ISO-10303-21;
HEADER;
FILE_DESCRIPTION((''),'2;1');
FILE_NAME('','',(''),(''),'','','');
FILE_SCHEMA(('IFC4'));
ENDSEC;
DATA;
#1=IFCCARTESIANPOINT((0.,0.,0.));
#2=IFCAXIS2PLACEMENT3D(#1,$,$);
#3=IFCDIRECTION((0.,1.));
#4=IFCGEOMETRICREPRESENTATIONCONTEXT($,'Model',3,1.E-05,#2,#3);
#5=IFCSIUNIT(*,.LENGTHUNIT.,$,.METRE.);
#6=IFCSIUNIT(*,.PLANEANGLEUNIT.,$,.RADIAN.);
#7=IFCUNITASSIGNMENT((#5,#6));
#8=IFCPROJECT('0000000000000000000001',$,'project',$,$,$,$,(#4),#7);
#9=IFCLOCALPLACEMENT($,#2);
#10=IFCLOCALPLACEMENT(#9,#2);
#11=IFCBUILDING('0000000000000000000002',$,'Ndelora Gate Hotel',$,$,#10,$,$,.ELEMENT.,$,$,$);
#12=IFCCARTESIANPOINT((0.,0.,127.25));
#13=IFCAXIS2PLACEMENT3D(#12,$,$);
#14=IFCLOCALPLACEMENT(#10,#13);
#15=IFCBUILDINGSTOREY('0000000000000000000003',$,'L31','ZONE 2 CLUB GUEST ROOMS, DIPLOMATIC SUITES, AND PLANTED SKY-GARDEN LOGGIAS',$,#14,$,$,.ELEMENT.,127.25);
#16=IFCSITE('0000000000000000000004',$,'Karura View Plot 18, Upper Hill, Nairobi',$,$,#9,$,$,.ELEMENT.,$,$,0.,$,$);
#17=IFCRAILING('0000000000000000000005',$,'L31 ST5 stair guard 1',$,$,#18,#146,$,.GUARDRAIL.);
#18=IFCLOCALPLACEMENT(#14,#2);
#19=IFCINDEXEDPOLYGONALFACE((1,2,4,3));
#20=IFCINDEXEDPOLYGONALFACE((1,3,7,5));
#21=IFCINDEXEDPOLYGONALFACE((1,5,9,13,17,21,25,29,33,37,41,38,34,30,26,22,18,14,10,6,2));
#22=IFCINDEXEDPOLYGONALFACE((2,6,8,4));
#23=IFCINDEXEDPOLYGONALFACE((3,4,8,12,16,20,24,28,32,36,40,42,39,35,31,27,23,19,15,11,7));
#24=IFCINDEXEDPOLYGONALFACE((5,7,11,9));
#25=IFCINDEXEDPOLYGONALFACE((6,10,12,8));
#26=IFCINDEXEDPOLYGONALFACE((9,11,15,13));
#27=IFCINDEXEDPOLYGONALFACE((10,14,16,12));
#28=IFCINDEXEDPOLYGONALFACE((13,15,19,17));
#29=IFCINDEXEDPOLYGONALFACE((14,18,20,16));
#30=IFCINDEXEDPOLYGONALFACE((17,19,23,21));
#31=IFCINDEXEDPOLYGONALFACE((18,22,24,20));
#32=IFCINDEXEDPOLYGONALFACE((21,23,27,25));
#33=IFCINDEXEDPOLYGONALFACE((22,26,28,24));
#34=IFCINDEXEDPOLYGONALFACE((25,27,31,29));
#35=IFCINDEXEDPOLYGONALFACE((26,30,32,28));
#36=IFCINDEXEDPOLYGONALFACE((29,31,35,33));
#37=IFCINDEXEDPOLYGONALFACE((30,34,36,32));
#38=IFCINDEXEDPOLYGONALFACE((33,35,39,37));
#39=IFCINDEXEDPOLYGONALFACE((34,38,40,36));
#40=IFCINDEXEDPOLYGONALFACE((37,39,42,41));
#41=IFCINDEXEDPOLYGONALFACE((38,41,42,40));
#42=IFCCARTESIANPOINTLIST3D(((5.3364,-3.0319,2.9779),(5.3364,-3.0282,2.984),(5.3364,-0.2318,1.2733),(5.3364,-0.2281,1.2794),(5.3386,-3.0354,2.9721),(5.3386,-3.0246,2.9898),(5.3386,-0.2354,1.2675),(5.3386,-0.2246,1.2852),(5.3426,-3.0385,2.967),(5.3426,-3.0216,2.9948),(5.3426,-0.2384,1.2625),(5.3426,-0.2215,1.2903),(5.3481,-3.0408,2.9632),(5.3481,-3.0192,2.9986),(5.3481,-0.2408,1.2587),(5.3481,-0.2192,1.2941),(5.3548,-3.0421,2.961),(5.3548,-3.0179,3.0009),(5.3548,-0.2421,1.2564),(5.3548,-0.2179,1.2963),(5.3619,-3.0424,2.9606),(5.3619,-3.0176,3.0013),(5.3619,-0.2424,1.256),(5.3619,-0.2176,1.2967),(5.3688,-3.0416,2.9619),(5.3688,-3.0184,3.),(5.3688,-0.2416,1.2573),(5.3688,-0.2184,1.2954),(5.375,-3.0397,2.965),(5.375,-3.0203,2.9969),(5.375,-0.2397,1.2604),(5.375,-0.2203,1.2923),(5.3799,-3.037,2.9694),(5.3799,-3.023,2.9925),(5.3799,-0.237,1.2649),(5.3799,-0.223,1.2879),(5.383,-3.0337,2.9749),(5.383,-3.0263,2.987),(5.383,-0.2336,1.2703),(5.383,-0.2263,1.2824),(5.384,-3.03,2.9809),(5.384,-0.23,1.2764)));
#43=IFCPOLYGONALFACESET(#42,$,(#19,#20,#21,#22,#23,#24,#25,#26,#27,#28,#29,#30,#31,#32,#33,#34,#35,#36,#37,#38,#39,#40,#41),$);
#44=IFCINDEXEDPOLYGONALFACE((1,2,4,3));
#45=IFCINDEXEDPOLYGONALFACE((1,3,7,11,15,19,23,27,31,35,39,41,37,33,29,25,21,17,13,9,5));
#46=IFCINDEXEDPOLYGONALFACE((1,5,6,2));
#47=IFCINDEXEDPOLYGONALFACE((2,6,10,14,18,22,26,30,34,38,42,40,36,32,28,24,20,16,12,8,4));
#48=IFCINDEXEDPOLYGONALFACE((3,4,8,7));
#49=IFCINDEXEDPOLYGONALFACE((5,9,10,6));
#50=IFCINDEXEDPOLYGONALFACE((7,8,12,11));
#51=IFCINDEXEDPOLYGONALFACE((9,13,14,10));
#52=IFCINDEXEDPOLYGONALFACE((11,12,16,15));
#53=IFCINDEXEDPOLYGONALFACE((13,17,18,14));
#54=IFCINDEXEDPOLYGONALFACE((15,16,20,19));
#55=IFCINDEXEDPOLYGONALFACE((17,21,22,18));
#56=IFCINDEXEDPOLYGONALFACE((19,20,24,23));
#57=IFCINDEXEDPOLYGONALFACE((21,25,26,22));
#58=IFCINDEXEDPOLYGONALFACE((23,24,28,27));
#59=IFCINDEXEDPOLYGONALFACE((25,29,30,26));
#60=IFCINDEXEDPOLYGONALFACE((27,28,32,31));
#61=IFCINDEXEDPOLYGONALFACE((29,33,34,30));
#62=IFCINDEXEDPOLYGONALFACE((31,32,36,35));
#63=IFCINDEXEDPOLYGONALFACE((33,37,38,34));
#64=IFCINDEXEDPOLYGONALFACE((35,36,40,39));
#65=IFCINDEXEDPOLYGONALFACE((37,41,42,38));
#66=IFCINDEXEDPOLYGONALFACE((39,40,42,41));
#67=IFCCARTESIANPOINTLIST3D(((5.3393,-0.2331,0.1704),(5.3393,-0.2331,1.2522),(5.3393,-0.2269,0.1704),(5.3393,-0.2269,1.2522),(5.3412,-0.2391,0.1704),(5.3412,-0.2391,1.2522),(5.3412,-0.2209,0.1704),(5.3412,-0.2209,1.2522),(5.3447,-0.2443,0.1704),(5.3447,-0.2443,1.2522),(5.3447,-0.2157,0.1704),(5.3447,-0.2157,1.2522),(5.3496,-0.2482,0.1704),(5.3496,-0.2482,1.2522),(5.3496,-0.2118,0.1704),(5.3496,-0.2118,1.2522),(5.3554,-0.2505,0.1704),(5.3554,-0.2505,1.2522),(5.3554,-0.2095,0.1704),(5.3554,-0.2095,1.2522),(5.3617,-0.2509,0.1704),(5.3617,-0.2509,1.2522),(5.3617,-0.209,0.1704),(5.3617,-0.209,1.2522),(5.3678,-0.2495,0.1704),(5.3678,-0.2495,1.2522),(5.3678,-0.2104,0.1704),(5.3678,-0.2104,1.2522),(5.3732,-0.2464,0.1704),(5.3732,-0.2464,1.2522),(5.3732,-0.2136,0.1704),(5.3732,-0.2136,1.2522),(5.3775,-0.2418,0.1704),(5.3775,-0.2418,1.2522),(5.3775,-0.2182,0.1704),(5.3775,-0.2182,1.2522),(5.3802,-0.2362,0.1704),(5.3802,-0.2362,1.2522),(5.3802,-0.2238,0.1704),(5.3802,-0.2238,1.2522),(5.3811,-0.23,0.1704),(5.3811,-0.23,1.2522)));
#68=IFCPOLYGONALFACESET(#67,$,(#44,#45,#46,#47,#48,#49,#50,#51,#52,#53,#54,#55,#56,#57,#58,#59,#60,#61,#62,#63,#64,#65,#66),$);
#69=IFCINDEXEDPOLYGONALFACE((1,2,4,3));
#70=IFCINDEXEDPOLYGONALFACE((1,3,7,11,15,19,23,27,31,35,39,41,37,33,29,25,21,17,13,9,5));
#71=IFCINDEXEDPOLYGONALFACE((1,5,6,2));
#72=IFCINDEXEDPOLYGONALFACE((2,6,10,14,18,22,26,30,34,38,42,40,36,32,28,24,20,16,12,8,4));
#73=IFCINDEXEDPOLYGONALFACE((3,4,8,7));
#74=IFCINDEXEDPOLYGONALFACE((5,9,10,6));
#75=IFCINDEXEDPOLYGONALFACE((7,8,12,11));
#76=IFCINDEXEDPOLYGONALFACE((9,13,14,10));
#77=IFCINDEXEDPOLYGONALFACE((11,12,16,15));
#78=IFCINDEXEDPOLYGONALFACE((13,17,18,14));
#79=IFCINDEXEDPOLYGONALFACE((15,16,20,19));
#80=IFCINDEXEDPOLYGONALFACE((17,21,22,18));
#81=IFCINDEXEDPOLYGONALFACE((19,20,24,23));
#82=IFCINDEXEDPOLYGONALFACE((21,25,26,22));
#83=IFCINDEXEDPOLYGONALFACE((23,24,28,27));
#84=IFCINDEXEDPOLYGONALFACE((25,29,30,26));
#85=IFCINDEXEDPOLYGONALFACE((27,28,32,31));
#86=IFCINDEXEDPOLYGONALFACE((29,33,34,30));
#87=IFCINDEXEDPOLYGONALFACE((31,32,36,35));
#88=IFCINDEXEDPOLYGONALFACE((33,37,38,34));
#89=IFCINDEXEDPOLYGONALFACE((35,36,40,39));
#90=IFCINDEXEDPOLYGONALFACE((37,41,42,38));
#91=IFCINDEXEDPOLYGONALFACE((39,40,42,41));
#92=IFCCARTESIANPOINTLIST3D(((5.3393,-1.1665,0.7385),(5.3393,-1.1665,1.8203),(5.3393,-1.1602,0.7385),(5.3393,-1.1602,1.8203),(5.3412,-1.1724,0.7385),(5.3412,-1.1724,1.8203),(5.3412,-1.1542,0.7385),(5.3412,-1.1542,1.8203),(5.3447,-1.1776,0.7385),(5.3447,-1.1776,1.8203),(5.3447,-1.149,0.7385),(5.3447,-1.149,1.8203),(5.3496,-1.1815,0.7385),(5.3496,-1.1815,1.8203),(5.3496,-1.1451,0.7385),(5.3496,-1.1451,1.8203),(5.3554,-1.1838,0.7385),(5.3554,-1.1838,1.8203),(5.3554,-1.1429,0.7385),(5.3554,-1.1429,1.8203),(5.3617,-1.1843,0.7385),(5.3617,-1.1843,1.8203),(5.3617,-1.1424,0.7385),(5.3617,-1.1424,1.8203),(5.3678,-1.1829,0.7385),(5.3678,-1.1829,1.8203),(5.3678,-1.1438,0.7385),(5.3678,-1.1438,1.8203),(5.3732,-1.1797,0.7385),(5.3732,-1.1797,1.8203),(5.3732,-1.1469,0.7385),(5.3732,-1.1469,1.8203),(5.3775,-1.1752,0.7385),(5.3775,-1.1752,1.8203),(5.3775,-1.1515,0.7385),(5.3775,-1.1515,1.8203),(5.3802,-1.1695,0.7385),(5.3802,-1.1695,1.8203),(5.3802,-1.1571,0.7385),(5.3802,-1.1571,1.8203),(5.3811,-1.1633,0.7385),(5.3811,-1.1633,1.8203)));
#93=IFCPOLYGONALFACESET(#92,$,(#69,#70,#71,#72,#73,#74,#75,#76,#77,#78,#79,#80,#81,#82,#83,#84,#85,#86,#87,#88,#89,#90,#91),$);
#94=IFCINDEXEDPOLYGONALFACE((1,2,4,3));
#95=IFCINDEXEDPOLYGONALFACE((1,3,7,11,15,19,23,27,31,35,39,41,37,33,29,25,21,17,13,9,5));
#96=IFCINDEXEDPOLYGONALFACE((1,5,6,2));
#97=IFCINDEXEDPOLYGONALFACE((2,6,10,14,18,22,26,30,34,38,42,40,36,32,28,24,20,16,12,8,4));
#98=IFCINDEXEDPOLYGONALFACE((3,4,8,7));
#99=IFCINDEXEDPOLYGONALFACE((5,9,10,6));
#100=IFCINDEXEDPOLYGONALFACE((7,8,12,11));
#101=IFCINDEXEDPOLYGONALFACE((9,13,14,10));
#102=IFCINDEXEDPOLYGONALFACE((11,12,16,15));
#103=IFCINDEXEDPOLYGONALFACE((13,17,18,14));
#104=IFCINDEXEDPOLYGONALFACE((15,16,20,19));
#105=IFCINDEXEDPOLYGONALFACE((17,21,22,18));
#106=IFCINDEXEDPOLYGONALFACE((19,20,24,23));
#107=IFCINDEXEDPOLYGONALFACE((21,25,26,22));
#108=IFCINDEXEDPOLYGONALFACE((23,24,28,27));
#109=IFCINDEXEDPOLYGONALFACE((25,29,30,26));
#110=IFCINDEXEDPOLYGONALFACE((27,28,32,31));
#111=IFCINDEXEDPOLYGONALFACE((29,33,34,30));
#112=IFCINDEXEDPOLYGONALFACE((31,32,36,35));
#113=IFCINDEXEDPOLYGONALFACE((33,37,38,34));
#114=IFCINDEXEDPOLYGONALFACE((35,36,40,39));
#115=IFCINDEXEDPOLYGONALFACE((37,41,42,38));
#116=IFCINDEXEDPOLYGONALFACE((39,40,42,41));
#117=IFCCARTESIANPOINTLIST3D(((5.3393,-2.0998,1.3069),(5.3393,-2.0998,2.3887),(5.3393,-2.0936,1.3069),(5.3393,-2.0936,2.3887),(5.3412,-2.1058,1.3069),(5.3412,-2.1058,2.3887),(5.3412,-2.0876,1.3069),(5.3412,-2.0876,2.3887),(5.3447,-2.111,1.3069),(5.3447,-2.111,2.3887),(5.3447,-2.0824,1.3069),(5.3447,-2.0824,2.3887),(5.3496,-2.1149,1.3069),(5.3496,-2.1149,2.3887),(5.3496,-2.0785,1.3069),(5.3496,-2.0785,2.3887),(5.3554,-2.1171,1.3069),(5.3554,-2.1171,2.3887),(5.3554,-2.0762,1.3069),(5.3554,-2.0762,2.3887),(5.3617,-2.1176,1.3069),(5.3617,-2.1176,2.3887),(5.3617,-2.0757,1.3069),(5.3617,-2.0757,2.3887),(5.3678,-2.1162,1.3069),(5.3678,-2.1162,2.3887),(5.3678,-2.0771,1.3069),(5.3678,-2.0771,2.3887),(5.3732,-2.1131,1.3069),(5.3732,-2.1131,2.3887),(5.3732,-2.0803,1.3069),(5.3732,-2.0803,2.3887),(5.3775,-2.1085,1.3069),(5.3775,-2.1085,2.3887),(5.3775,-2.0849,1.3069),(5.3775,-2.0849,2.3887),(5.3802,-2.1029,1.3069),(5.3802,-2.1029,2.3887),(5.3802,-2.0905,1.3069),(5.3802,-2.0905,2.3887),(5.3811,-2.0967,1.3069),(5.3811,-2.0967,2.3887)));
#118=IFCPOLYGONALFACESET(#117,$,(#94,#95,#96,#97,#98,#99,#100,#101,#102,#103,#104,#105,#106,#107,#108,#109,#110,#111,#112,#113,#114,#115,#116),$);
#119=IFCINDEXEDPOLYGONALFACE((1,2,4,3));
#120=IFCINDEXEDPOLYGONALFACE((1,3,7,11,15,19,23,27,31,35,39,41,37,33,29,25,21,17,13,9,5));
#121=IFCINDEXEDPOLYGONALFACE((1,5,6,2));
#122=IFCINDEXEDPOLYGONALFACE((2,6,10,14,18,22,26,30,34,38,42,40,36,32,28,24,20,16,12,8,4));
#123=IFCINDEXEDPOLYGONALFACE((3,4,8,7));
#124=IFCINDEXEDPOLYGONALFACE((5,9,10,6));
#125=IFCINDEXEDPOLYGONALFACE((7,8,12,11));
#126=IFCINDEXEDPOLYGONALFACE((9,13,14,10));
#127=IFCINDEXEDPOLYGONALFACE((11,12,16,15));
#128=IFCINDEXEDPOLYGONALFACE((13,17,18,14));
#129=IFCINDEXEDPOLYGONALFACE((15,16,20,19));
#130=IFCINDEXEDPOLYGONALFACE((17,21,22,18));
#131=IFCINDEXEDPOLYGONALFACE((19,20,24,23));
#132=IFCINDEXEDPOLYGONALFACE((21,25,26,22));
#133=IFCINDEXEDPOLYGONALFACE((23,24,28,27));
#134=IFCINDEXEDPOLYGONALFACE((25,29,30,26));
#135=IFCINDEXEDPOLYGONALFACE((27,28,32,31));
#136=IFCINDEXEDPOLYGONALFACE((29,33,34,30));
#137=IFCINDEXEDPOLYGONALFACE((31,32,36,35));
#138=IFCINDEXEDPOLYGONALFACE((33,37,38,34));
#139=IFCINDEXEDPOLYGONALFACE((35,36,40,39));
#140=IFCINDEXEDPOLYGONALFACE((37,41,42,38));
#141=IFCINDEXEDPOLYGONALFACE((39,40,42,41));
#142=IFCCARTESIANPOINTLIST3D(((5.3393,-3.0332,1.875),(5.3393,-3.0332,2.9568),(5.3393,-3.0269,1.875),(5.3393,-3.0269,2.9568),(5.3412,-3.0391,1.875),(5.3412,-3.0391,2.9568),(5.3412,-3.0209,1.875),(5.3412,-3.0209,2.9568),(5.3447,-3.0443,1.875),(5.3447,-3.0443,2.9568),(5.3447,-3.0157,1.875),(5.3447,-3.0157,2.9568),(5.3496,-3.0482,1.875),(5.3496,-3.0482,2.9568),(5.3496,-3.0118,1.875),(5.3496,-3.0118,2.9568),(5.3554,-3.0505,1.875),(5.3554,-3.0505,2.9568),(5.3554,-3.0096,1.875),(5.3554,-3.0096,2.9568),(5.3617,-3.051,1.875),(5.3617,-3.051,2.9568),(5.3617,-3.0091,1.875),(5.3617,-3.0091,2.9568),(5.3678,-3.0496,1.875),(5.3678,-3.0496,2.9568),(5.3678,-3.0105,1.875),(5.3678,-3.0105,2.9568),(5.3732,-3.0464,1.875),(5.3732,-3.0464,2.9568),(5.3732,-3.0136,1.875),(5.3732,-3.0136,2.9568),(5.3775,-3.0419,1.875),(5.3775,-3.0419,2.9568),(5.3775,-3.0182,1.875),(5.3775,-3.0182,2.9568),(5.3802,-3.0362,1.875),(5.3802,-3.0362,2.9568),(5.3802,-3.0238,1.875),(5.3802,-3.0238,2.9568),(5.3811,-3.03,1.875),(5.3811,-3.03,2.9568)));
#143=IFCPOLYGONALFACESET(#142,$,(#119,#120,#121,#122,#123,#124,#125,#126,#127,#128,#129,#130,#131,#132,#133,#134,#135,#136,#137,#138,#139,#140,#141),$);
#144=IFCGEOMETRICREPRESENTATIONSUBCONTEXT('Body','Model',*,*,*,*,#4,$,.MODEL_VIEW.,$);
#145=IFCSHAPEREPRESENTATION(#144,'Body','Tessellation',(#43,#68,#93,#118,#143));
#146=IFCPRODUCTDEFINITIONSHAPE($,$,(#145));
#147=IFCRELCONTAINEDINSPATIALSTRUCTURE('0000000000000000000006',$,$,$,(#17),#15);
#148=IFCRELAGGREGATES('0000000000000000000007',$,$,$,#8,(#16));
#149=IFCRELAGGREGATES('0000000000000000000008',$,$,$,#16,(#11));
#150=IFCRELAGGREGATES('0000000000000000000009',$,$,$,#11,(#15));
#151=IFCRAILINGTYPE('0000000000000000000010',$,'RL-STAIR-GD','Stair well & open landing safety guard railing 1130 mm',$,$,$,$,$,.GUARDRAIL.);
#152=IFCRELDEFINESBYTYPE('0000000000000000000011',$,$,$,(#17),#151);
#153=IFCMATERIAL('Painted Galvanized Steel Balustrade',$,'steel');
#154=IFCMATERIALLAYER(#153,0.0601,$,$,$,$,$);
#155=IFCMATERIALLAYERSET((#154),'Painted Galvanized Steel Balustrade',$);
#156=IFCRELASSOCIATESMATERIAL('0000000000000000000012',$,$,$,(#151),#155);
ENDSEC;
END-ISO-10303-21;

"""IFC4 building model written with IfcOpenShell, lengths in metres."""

from ifc_helpers import new_model, si_unit, direction, frame, origin, origin_2d, place, context, subcontext, project, spatial, circle, extrude, material, layer, layer_set, type_object, element, save


model = new_model("IFC4")

# Units and contexts
model_context = context("Model", 3, precision=1e-05, world=origin(), true_north=direction((0.0, 1.0)))
body_context = subcontext(model_context, "Body", "Model", "MODEL_VIEW")
ifc_project = project(units=[si_unit("LENGTHUNIT", "METRE"), si_unit("PLANEANGLEUNIT", "RADIAN")], contexts=[model_context])

# Site, building, storey
site_placement = place(None, origin())
site = spatial("IfcSite", under=ifc_project, at=site_placement, Name="Karura View Plot 18, Upper Hill, Nairobi", CompositionType="ELEMENT", RefElevation=0.0)
building_placement = place(site_placement, origin())
building = spatial("IfcBuilding", under=site, at=building_placement, Name="Ndelora Gate Hotel", CompositionType="ELEMENT")
storey_placement = place(building_placement, frame((0.0, 0.0, 127.25)))
storey = spatial("IfcBuildingStorey", under=building, at=storey_placement, Name="L31", Description="ZONE 2 CLUB GUEST ROOMS, DIPLOMATIC SUITES, AND PLANTED SKY-GARDEN LOGGIAS", CompositionType="ELEMENT", Elevation=127.25)

# Railing
ifc_material_1 = material(Name="Painted Galvanized Steel Balustrade", Category="steel")
ifc_layer_1 = layer(ifc_material_1, 0.0601)
ifc_layer_set_1 = layer_set([ifc_layer_1], Name="Painted Galvanized Steel Balustrade")
railing_type_1 = type_object("IfcRailingType", Name="RL-STAIR-GD", Description="Stair well & open landing safety guard railing 1130 mm", PredefinedType="GUARDRAIL", material=ifc_layer_set_1)
railing_1_placement = place(storey_placement, frame((5.3601, -0.23, 0.1704)))
element("IfcRailing", 1, at=railing_1_placement, inside=storey, type_object=railing_type_1, Name="L31 ST5 stair guard 1", PredefinedType="GUARDRAIL", context=body_context, shape_type="SweptSolid", body=[
    extrude(circle(Radius=0.0239, at=origin_2d()), frame((0.0, 0.0, 1.106), z_axis=(0.0, -0.85417, 0.519994), x_axis=(1.0, 0.0, 0.0)), (0.0, 0.0, 1.0), 3.2781),
    extrude(circle(Radius=0.021, at=origin_2d()), origin(), (0.0, 0.0, 1.0), 1.0818),
    extrude(circle(Radius=0.021, at=origin_2d()), frame((0.0, -0.9333, 0.5681)), (0.0, 0.0, 1.0), 1.0818),
    extrude(circle(Radius=0.021, at=origin_2d()), frame((0.0, -1.8667, 1.1365)), (0.0, 0.0, 1.0), 1.0818),
    extrude(circle(Radius=0.021, at=origin_2d()), frame((0.0, -2.8, 1.7046)), (0.0, 0.0, 1.0), 1.0818),
])

save(model, "model.ifc")
